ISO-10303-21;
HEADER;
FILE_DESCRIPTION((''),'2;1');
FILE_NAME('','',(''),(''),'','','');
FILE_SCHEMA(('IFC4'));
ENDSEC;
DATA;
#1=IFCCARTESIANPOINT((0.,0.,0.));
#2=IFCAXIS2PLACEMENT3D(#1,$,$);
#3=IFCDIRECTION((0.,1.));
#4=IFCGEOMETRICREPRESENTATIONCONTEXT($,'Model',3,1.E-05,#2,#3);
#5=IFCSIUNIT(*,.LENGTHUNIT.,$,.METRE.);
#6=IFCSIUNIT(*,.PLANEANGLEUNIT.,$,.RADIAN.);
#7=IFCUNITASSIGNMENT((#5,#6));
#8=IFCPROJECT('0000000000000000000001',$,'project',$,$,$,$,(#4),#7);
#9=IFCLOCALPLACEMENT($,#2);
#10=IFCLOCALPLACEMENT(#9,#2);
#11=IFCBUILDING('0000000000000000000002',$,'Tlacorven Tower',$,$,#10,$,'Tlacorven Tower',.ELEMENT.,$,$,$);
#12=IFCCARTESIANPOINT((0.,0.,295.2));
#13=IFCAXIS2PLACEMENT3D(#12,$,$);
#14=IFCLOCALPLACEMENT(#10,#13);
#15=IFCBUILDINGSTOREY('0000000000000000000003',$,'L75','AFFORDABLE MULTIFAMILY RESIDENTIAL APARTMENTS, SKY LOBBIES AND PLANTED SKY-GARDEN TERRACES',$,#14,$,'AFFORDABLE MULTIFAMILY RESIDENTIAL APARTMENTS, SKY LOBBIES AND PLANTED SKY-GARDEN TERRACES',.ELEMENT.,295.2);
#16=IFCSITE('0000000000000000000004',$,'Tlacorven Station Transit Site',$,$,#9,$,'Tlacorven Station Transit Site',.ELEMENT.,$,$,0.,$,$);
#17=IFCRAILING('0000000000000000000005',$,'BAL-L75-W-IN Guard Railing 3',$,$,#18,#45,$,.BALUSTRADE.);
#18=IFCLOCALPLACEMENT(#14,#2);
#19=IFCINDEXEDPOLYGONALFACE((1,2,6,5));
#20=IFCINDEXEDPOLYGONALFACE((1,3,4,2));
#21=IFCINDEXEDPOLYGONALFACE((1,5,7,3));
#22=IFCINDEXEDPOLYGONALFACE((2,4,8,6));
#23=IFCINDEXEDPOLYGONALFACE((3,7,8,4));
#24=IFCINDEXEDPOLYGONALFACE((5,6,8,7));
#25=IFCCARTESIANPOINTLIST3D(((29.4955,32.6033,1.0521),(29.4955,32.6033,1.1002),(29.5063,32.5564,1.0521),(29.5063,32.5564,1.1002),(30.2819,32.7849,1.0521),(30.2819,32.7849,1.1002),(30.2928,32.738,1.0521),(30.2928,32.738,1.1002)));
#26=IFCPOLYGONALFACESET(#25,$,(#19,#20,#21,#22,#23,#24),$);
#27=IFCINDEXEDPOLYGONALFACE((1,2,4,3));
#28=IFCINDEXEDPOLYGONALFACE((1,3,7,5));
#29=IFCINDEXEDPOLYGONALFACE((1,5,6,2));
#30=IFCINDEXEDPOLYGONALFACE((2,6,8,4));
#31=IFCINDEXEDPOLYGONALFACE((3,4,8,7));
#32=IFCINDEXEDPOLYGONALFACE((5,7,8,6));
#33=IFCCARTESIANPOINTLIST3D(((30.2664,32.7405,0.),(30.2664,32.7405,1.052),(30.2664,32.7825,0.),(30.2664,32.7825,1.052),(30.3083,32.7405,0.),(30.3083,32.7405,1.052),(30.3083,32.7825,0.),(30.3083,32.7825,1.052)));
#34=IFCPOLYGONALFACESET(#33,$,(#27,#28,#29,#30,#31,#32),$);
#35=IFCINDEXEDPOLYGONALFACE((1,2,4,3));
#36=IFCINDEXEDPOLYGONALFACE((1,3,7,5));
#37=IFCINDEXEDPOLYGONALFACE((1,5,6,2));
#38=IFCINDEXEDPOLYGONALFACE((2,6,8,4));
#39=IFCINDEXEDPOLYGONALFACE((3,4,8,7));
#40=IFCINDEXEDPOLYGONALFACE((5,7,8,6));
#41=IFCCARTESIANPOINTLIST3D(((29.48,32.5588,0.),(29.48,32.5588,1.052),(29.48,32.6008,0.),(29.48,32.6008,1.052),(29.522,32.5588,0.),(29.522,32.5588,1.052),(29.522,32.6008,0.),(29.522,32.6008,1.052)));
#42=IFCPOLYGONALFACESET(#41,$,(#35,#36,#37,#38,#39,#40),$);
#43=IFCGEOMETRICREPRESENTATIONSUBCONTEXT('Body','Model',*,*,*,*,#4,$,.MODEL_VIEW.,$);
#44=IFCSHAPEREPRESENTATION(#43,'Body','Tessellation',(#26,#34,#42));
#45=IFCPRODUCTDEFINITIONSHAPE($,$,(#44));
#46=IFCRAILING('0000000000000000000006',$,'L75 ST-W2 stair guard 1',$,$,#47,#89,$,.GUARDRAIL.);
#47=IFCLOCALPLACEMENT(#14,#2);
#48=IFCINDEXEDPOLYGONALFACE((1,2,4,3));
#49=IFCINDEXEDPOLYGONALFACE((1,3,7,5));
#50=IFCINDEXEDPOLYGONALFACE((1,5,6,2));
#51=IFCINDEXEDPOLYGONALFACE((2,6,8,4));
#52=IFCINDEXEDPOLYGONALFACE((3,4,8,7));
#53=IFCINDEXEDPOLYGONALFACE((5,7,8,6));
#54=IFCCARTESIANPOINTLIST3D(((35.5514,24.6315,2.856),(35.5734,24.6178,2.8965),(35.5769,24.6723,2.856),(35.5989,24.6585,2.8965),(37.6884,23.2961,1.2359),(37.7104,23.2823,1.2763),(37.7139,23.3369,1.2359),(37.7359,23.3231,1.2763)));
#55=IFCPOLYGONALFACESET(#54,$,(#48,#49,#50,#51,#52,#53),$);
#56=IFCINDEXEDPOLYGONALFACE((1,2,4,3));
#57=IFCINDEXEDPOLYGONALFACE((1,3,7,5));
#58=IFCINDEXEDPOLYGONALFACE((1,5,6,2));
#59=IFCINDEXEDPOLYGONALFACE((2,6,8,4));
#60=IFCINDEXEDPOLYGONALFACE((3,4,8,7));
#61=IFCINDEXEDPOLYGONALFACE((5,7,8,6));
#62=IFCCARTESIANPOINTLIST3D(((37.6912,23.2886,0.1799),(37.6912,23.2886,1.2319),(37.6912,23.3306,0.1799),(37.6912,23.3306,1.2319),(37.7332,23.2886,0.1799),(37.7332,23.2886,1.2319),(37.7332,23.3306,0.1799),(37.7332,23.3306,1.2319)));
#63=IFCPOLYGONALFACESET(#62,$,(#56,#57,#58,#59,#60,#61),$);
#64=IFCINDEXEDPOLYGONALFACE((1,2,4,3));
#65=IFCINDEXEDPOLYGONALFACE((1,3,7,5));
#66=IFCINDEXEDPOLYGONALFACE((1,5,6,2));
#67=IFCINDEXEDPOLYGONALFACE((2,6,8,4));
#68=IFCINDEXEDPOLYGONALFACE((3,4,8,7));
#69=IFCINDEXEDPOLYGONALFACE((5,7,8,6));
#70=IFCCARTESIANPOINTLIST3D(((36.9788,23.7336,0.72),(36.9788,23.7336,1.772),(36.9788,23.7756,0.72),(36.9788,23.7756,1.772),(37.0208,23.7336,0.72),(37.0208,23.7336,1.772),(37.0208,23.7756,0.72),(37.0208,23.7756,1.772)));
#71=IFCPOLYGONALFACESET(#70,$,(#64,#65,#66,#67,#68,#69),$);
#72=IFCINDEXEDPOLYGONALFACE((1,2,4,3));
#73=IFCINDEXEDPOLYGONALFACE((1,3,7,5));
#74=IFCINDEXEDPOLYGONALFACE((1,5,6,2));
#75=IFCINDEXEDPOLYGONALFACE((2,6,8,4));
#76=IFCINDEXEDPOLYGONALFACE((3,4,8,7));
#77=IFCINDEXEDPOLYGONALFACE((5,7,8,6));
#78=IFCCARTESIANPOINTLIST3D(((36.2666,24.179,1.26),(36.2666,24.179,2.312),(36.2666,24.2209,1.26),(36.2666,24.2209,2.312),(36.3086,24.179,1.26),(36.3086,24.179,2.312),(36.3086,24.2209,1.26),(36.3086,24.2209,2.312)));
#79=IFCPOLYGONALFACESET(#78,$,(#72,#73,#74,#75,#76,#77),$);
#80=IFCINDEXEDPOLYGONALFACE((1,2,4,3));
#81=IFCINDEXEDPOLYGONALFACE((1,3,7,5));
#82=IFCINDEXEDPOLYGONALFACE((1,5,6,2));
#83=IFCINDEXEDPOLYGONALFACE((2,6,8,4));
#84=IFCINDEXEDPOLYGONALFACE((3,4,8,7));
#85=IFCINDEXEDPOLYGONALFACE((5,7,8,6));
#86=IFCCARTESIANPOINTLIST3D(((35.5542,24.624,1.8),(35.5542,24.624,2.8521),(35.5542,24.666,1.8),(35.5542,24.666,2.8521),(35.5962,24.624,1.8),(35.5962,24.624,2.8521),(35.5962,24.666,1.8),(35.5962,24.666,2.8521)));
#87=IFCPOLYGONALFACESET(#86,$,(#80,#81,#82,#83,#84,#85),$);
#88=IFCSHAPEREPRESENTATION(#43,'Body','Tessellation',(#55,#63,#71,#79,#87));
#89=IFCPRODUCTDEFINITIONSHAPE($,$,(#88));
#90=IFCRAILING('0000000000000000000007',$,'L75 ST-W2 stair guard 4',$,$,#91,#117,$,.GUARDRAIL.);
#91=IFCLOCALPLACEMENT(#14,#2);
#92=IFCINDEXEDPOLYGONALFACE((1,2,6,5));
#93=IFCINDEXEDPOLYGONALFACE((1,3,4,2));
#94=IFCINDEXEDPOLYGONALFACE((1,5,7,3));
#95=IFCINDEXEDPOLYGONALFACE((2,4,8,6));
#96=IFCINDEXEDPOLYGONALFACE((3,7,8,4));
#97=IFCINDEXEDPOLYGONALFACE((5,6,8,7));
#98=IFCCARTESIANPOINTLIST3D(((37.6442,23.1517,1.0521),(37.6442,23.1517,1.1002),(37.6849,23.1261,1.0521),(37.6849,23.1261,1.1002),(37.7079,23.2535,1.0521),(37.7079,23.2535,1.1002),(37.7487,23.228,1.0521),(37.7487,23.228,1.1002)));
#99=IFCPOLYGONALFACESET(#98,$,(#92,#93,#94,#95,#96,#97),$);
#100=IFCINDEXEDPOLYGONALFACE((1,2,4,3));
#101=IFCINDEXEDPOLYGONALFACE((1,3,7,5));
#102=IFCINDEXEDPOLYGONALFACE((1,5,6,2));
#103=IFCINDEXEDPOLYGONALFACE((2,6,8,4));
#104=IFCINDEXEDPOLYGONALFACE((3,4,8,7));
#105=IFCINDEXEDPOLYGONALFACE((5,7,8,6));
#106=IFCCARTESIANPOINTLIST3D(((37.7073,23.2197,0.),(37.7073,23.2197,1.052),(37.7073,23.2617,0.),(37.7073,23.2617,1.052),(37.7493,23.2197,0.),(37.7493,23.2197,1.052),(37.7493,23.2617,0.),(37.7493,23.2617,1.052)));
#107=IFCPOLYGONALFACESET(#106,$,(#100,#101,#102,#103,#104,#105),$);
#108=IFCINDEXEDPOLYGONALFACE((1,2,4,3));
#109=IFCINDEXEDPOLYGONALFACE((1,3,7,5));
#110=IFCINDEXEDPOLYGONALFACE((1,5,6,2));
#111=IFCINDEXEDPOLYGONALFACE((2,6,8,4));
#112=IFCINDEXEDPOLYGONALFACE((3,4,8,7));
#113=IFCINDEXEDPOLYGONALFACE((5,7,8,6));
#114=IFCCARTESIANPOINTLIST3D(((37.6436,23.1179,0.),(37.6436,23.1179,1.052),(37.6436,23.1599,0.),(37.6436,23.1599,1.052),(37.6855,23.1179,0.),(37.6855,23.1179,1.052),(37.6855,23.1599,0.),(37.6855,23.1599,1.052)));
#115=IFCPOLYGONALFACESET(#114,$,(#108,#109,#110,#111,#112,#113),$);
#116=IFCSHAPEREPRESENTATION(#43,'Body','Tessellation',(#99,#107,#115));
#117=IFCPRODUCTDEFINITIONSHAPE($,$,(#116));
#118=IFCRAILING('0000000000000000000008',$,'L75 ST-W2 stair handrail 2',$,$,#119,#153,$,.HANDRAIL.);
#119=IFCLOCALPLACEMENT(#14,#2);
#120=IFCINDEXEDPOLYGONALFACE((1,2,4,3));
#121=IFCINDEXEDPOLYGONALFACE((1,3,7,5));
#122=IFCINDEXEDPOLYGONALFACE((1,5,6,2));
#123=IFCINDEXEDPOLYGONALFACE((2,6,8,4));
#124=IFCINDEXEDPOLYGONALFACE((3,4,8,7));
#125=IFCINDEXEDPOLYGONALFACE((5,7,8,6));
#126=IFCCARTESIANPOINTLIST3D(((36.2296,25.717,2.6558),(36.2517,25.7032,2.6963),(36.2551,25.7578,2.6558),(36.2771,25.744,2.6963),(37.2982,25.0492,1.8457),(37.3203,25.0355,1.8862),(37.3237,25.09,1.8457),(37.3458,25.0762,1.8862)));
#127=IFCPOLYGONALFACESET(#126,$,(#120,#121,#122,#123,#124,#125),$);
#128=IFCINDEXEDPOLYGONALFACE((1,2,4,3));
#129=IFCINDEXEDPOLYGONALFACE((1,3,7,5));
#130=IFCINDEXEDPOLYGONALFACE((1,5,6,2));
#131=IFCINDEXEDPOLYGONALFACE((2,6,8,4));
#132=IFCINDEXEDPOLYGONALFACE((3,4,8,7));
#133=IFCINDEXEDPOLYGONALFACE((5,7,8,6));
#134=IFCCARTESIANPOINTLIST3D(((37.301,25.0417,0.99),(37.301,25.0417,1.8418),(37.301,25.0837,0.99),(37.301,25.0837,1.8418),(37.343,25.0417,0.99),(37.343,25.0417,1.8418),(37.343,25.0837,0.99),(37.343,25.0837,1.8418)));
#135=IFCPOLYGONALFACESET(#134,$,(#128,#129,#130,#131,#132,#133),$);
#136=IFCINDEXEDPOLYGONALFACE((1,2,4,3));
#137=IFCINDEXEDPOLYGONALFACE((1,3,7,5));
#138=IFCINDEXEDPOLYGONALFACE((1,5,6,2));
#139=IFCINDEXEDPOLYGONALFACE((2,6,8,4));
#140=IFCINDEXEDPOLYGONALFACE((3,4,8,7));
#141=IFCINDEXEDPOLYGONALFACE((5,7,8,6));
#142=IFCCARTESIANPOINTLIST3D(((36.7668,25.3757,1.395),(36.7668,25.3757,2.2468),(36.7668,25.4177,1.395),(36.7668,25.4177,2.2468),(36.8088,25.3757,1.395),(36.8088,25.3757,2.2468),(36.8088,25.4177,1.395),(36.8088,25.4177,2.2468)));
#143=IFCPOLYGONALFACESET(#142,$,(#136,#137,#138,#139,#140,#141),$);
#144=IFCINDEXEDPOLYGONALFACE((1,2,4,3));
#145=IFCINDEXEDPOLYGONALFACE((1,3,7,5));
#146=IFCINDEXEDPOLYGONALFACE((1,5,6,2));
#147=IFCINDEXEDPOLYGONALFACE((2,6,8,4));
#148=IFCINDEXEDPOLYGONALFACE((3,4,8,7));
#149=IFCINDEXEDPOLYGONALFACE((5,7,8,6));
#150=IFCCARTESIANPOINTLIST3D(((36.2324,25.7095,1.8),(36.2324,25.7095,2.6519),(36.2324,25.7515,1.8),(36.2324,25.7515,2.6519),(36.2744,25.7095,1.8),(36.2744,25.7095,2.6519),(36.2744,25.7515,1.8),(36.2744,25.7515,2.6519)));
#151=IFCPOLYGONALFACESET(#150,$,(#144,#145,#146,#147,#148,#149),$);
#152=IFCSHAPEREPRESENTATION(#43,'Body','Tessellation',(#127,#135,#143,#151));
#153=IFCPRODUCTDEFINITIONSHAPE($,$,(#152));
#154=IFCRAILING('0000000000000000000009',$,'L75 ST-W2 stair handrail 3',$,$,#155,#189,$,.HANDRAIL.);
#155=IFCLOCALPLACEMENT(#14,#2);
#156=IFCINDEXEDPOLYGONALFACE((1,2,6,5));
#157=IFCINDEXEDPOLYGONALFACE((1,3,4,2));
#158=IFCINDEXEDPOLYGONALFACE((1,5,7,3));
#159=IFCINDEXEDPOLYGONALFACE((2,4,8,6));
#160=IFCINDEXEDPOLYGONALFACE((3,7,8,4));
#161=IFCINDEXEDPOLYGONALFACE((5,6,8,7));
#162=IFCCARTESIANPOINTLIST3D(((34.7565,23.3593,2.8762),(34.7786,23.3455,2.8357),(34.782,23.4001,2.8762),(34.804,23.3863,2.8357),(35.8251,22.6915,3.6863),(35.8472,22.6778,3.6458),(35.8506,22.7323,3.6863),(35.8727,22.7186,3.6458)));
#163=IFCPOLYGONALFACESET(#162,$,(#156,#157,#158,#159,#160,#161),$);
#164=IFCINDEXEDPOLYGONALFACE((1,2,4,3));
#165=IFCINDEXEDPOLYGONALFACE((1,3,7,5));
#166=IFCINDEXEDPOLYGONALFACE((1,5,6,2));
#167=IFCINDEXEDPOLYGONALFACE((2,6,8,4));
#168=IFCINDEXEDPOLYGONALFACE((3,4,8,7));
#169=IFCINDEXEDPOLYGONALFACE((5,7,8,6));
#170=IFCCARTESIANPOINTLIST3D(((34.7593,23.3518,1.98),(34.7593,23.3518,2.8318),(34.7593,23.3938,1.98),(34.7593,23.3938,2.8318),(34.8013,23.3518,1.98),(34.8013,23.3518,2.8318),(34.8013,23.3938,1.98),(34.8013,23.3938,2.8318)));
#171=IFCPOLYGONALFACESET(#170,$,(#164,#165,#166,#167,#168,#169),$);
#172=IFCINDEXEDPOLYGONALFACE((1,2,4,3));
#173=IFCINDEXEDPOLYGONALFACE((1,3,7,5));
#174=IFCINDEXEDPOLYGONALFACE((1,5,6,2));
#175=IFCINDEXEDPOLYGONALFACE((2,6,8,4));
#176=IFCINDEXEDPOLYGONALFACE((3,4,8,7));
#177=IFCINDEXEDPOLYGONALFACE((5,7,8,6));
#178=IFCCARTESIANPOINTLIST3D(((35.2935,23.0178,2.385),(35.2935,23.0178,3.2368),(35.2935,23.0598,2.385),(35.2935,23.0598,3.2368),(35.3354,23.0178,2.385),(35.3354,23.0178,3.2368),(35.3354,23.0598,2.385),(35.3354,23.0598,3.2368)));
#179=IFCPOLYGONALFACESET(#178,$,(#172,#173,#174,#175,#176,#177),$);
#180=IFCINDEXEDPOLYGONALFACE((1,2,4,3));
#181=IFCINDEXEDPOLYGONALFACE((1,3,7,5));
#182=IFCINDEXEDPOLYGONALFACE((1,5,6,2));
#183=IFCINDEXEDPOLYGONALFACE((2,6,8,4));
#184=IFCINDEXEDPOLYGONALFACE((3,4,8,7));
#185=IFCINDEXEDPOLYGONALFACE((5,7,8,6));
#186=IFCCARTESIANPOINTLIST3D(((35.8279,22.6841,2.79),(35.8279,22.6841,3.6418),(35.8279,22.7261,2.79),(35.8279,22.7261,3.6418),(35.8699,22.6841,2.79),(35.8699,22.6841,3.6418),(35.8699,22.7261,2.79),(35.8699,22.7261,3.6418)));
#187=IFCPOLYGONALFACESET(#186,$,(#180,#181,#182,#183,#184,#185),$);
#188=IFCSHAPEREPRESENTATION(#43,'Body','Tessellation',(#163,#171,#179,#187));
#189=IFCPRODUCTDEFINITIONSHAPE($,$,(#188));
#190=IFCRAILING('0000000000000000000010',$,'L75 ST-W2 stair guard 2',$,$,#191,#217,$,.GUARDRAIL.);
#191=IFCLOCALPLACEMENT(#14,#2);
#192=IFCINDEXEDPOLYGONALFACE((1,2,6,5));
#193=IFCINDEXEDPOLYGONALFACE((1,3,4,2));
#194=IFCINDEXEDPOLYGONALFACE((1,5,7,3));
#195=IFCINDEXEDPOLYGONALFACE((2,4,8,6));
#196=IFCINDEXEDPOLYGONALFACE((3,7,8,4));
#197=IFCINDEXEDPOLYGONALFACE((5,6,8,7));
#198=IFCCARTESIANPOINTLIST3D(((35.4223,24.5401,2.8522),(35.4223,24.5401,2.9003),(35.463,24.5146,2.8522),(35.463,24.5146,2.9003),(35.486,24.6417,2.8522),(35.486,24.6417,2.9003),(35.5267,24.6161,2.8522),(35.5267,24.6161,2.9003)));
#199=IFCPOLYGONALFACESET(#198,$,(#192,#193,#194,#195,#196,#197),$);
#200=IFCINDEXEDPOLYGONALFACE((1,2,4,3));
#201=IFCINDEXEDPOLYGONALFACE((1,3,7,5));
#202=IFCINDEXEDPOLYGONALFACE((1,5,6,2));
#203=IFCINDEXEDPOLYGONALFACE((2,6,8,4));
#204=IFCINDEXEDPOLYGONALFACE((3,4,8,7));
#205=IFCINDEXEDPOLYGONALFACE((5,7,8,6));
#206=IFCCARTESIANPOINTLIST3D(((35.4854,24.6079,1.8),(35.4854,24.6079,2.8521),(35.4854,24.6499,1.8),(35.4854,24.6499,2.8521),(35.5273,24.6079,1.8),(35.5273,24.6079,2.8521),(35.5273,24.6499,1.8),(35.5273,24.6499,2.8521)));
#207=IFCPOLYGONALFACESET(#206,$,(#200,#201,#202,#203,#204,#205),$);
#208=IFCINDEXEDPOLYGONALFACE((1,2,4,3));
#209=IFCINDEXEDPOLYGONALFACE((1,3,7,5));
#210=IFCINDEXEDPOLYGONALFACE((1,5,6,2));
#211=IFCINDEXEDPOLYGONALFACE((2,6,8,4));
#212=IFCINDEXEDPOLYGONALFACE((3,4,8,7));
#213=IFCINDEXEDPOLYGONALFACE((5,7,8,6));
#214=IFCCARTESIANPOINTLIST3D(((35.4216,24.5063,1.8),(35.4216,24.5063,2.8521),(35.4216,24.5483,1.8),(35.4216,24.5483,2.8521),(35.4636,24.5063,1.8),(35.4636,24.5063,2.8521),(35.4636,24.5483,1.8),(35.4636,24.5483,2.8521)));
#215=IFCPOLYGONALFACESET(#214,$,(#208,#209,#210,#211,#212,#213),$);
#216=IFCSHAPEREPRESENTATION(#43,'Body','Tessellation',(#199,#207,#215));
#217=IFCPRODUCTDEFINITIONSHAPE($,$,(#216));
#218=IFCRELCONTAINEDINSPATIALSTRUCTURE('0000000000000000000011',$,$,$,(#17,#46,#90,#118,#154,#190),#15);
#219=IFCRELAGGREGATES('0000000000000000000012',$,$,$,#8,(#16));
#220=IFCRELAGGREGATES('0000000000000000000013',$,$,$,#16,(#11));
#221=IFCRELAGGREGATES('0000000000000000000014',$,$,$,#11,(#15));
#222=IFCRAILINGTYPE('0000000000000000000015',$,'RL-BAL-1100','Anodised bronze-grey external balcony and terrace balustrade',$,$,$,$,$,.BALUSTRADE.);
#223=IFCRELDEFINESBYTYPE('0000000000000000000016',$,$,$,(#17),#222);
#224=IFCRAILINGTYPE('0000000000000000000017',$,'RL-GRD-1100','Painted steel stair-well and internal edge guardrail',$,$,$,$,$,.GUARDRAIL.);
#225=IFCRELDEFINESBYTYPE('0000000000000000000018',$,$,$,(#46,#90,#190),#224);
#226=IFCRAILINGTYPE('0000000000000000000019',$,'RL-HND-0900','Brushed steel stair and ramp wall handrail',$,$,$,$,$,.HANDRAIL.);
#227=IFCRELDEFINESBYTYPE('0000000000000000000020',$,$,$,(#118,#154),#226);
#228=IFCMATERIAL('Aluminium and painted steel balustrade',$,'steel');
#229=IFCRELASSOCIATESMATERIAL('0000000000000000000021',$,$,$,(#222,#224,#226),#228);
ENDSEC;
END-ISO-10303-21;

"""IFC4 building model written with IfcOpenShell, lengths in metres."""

from ifc_helpers import new_model, si_unit, direction, frame, origin, origin_2d, place, context, subcontext, project, spatial, rectangle, extrude, source, transform, mapped, material, type_object, element, save


model = new_model("IFC4")

# Units and contexts
model_context = context("Model", 3, precision=1e-05, world=origin(), true_north=direction((0.0, 1.0)))
body_context = subcontext(model_context, "Body", "Model", "MODEL_VIEW")
ifc_project = project(units=[si_unit("LENGTHUNIT", "METRE"), si_unit("PLANEANGLEUNIT", "RADIAN")], contexts=[model_context])

# Site, building, storey
site_placement = place(None, origin())
site = spatial("IfcSite", under=ifc_project, at=site_placement, Name="Tlacorven Station Transit Site", LongName="Tlacorven Station Transit Site", CompositionType="ELEMENT", RefElevation=0.0)
building_placement = place(site_placement, origin())
building = spatial("IfcBuilding", under=site, at=building_placement, Name="Tlacorven Tower", LongName="Tlacorven Tower", CompositionType="ELEMENT")
storey_placement = place(building_placement, frame((0.0, 0.0, 295.2)))
storey = spatial("IfcBuildingStorey", under=building, at=storey_placement, Name="L75", Description="AFFORDABLE MULTIFAMILY RESIDENTIAL APARTMENTS, SKY LOBBIES AND PLANTED SKY-GARDEN TERRACES", LongName="AFFORDABLE MULTIFAMILY RESIDENTIAL APARTMENTS, SKY LOBBIES AND PLANTED SKY-GARDEN TERRACES", CompositionType="ELEMENT", Elevation=295.2)

# Railings
ifc_material_1 = material(Name="Aluminium and painted steel balustrade", Category="steel")
railing_type_1 = type_object("IfcRailingType", Name="RL-BAL-1100", Description="Anodised bronze-grey external balcony and terrace balustrade", PredefinedType="BALUSTRADE", material=ifc_material_1)
shared_shape_1 = source(origin(), body_context, "Body", "SweptSolid", [
    extrude(rectangle(XDim=0.0481, YDim=0.0481, at=origin_2d()), frame((0.0, 0.0, 1.0762), z_axis=(-0.974345, -0.225058, 0.0), x_axis=(0.225058, -0.974345, 0.0)), (0.0, 0.0, 1.0), 0.8071),
    extrude(rectangle(XDim=0.042, YDim=0.042, at=origin_2d()), origin(), (0.0, 0.0, 1.0), 1.052),
    extrude(rectangle(XDim=0.042, YDim=0.042, at=origin_2d()), frame((-0.7864, -0.1816, 0.0)), (0.0, 0.0, 1.0), 1.052),
])
railing_1_placement = place(storey_placement, frame((30.2874, 32.7615, 0.0)))
element("IfcRailing", 1, at=railing_1_placement, inside=storey, type_object=railing_type_1, Name="BAL-L75-W-IN Guard Railing 3", PredefinedType="BALUSTRADE", context=body_context, shape_type="MappedRepresentation", body=[
    mapped(shared_shape_1, transform((0.0, 0.0, 0.0), scale=1.0)),
])
railing_type_2 = type_object("IfcRailingType", Name="RL-GRD-1100", Description="Painted steel stair-well and internal edge guardrail", PredefinedType="GUARDRAIL", material=ifc_material_1)
shared_shape_2 = source(origin(), body_context, "Body", "SweptSolid", [
    extrude(rectangle(XDim=0.0481, YDim=0.0481, at=origin_2d()), frame((0.0, 0.0, 1.0762), z_axis=(-0.71332, 0.445774, 0.540796), x_axis=(-0.529955, -0.848026, 0.0)), (0.0, 0.0, 1.0), 2.9958),
    extrude(rectangle(XDim=0.042, YDim=0.042, at=origin_2d()), origin(), (0.0, 0.0, 1.0), 1.052),
    extrude(rectangle(XDim=0.042, YDim=0.042, at=origin_2d()), frame((-0.7124, 0.4451, 0.54)), (0.0, 0.0, 1.0), 1.052),
    extrude(rectangle(XDim=0.042, YDim=0.042, at=origin_2d()), frame((-1.4246, 0.8904, 1.0801)), (0.0, 0.0, 1.0), 1.052),
    extrude(rectangle(XDim=0.042, YDim=0.042, at=origin_2d()), frame((-2.137, 1.3354, 1.6201)), (0.0, 0.0, 1.0), 1.052),
])
railing_2_placement = place(storey_placement, frame((37.7122, 23.3096, 0.1799)))
element("IfcRailing", 2, at=railing_2_placement, inside=storey, type_object=railing_type_2, Name="L75 ST-W2 stair guard 1", PredefinedType="GUARDRAIL", context=body_context, shape_type="MappedRepresentation", body=[
    mapped(shared_shape_2, transform((0.0, 0.0, 0.0), scale=1.0)),
])
shared_shape_3 = source(origin(), body_context, "Body", "SweptSolid", [
    extrude(rectangle(XDim=0.0481, YDim=0.0481, at=origin_2d()), frame((0.0, 0.0, 1.0762), z_axis=(-0.530547, -0.847656, 0.0), x_axis=(0.847656, -0.530547, 0.0)), (0.0, 0.0, 1.0), 0.1201),
    extrude(rectangle(XDim=0.042, YDim=0.042, at=origin_2d()), origin(), (0.0, 0.0, 1.0), 1.052),
    extrude(rectangle(XDim=0.042, YDim=0.042, at=origin_2d()), frame((-0.0637, -0.1018, 0.0)), (0.0, 0.0, 1.0), 1.052),
])
railing_3_placement = place(storey_placement, frame((37.7283, 23.2407, 0.0)))
element("IfcRailing", 3, at=railing_3_placement, inside=storey, type_object=railing_type_2, Name="L75 ST-W2 stair guard 4", PredefinedType="GUARDRAIL", context=body_context, shape_type="MappedRepresentation", body=[
    mapped(shared_shape_3, transform((0.0, 0.0, 0.0), scale=1.0)),
])
railing_type_3 = type_object("IfcRailingType", Name="RL-HND-0900", Description="Brushed steel stair and ramp wall handrail", PredefinedType="HANDRAIL", material=ifc_material_1)
shared_shape_4 = source(origin(), body_context, "Body", "SweptSolid", [
    extrude(rectangle(XDim=0.0481, YDim=0.0481, at=origin_2d()), frame((0.0, 0.0, 0.876), z_axis=(-0.71336, 0.445748, 0.540765), x_axis=(-0.529912, -0.848053, 0.0)), (0.0, 0.0, 1.0), 1.498),
    extrude(rectangle(XDim=0.042, YDim=0.042, at=origin_2d()), origin(), (0.0, 0.0, 1.0), 0.8518),
    extrude(rectangle(XDim=0.042, YDim=0.042, at=origin_2d()), frame((-0.5342, 0.334, 0.405)), (0.0, 0.0, 1.0), 0.8518),
    extrude(rectangle(XDim=0.042, YDim=0.042, at=origin_2d()), frame((-1.0686, 0.6677, 0.8101)), (0.0, 0.0, 1.0), 0.8518),
])
railing_4_placement = place(storey_placement, frame((37.322, 25.0627, 0.99)))
element("IfcRailing", 4, at=railing_4_placement, inside=storey, type_object=railing_type_3, Name="L75 ST-W2 stair handrail 2", PredefinedType="HANDRAIL", context=body_context, shape_type="MappedRepresentation", body=[
    mapped(shared_shape_4, transform((0.0, 0.0, 0.0), scale=1.0)),
])
shared_shape_5 = source(origin(), body_context, "Body", "SweptSolid", [
    extrude(rectangle(XDim=0.0481, YDim=0.0481, at=origin_2d()), frame((0.0, 0.0, 0.876), z_axis=(0.71336, -0.445748, 0.540765), x_axis=(0.529912, 0.848053, 0.0)), (0.0, 0.0, 1.0), 1.498),
    extrude(rectangle(XDim=0.042, YDim=0.042, at=origin_2d()), origin(), (0.0, 0.0, 1.0), 0.8518),
    extrude(rectangle(XDim=0.042, YDim=0.042, at=origin_2d()), frame((0.5342, -0.334, 0.405)), (0.0, 0.0, 1.0), 0.8518),
    extrude(rectangle(XDim=0.042, YDim=0.042, at=origin_2d()), frame((1.0686, -0.6677, 0.8101)), (0.0, 0.0, 1.0), 0.8518),
])
railing_5_placement = place(storey_placement, frame((34.7803, 23.3728, 1.98)))
element("IfcRailing", 5, at=railing_5_placement, inside=storey, type_object=railing_type_3, Name="L75 ST-W2 stair handrail 3", PredefinedType="HANDRAIL", context=body_context, shape_type="MappedRepresentation", body=[
    mapped(shared_shape_5, transform((0.0, 0.0, 0.0), scale=1.0)),
])
shared_shape_6 = source(origin(), body_context, "Body", "SweptSolid", [
    extrude(rectangle(XDim=0.0481, YDim=0.0481, at=origin_2d()), frame((0.0, 0.0, 1.0762), z_axis=(-0.531462, -0.847082, 0.0), x_axis=(0.847082, -0.531462, 0.0)), (0.0, 0.0, 1.0), 0.1199),
    extrude(rectangle(XDim=0.042, YDim=0.042, at=origin_2d()), origin(), (0.0, 0.0, 1.0), 1.052),
    extrude(rectangle(XDim=0.042, YDim=0.042, at=origin_2d()), frame((-0.0637, -0.1016, 0.0)), (0.0, 0.0, 1.0), 1.052),
])
railing_6_placement = place(storey_placement, frame((35.5063, 24.6289, 1.8)))
element("IfcRailing", 6, at=railing_6_placement, inside=storey, type_object=railing_type_2, Name="L75 ST-W2 stair guard 2", PredefinedType="GUARDRAIL", context=body_context, shape_type="MappedRepresentation", body=[
    mapped(shared_shape_6, transform((0.0, 0.0, 0.0), scale=1.0)),
])

save(model, "model.ifc")
